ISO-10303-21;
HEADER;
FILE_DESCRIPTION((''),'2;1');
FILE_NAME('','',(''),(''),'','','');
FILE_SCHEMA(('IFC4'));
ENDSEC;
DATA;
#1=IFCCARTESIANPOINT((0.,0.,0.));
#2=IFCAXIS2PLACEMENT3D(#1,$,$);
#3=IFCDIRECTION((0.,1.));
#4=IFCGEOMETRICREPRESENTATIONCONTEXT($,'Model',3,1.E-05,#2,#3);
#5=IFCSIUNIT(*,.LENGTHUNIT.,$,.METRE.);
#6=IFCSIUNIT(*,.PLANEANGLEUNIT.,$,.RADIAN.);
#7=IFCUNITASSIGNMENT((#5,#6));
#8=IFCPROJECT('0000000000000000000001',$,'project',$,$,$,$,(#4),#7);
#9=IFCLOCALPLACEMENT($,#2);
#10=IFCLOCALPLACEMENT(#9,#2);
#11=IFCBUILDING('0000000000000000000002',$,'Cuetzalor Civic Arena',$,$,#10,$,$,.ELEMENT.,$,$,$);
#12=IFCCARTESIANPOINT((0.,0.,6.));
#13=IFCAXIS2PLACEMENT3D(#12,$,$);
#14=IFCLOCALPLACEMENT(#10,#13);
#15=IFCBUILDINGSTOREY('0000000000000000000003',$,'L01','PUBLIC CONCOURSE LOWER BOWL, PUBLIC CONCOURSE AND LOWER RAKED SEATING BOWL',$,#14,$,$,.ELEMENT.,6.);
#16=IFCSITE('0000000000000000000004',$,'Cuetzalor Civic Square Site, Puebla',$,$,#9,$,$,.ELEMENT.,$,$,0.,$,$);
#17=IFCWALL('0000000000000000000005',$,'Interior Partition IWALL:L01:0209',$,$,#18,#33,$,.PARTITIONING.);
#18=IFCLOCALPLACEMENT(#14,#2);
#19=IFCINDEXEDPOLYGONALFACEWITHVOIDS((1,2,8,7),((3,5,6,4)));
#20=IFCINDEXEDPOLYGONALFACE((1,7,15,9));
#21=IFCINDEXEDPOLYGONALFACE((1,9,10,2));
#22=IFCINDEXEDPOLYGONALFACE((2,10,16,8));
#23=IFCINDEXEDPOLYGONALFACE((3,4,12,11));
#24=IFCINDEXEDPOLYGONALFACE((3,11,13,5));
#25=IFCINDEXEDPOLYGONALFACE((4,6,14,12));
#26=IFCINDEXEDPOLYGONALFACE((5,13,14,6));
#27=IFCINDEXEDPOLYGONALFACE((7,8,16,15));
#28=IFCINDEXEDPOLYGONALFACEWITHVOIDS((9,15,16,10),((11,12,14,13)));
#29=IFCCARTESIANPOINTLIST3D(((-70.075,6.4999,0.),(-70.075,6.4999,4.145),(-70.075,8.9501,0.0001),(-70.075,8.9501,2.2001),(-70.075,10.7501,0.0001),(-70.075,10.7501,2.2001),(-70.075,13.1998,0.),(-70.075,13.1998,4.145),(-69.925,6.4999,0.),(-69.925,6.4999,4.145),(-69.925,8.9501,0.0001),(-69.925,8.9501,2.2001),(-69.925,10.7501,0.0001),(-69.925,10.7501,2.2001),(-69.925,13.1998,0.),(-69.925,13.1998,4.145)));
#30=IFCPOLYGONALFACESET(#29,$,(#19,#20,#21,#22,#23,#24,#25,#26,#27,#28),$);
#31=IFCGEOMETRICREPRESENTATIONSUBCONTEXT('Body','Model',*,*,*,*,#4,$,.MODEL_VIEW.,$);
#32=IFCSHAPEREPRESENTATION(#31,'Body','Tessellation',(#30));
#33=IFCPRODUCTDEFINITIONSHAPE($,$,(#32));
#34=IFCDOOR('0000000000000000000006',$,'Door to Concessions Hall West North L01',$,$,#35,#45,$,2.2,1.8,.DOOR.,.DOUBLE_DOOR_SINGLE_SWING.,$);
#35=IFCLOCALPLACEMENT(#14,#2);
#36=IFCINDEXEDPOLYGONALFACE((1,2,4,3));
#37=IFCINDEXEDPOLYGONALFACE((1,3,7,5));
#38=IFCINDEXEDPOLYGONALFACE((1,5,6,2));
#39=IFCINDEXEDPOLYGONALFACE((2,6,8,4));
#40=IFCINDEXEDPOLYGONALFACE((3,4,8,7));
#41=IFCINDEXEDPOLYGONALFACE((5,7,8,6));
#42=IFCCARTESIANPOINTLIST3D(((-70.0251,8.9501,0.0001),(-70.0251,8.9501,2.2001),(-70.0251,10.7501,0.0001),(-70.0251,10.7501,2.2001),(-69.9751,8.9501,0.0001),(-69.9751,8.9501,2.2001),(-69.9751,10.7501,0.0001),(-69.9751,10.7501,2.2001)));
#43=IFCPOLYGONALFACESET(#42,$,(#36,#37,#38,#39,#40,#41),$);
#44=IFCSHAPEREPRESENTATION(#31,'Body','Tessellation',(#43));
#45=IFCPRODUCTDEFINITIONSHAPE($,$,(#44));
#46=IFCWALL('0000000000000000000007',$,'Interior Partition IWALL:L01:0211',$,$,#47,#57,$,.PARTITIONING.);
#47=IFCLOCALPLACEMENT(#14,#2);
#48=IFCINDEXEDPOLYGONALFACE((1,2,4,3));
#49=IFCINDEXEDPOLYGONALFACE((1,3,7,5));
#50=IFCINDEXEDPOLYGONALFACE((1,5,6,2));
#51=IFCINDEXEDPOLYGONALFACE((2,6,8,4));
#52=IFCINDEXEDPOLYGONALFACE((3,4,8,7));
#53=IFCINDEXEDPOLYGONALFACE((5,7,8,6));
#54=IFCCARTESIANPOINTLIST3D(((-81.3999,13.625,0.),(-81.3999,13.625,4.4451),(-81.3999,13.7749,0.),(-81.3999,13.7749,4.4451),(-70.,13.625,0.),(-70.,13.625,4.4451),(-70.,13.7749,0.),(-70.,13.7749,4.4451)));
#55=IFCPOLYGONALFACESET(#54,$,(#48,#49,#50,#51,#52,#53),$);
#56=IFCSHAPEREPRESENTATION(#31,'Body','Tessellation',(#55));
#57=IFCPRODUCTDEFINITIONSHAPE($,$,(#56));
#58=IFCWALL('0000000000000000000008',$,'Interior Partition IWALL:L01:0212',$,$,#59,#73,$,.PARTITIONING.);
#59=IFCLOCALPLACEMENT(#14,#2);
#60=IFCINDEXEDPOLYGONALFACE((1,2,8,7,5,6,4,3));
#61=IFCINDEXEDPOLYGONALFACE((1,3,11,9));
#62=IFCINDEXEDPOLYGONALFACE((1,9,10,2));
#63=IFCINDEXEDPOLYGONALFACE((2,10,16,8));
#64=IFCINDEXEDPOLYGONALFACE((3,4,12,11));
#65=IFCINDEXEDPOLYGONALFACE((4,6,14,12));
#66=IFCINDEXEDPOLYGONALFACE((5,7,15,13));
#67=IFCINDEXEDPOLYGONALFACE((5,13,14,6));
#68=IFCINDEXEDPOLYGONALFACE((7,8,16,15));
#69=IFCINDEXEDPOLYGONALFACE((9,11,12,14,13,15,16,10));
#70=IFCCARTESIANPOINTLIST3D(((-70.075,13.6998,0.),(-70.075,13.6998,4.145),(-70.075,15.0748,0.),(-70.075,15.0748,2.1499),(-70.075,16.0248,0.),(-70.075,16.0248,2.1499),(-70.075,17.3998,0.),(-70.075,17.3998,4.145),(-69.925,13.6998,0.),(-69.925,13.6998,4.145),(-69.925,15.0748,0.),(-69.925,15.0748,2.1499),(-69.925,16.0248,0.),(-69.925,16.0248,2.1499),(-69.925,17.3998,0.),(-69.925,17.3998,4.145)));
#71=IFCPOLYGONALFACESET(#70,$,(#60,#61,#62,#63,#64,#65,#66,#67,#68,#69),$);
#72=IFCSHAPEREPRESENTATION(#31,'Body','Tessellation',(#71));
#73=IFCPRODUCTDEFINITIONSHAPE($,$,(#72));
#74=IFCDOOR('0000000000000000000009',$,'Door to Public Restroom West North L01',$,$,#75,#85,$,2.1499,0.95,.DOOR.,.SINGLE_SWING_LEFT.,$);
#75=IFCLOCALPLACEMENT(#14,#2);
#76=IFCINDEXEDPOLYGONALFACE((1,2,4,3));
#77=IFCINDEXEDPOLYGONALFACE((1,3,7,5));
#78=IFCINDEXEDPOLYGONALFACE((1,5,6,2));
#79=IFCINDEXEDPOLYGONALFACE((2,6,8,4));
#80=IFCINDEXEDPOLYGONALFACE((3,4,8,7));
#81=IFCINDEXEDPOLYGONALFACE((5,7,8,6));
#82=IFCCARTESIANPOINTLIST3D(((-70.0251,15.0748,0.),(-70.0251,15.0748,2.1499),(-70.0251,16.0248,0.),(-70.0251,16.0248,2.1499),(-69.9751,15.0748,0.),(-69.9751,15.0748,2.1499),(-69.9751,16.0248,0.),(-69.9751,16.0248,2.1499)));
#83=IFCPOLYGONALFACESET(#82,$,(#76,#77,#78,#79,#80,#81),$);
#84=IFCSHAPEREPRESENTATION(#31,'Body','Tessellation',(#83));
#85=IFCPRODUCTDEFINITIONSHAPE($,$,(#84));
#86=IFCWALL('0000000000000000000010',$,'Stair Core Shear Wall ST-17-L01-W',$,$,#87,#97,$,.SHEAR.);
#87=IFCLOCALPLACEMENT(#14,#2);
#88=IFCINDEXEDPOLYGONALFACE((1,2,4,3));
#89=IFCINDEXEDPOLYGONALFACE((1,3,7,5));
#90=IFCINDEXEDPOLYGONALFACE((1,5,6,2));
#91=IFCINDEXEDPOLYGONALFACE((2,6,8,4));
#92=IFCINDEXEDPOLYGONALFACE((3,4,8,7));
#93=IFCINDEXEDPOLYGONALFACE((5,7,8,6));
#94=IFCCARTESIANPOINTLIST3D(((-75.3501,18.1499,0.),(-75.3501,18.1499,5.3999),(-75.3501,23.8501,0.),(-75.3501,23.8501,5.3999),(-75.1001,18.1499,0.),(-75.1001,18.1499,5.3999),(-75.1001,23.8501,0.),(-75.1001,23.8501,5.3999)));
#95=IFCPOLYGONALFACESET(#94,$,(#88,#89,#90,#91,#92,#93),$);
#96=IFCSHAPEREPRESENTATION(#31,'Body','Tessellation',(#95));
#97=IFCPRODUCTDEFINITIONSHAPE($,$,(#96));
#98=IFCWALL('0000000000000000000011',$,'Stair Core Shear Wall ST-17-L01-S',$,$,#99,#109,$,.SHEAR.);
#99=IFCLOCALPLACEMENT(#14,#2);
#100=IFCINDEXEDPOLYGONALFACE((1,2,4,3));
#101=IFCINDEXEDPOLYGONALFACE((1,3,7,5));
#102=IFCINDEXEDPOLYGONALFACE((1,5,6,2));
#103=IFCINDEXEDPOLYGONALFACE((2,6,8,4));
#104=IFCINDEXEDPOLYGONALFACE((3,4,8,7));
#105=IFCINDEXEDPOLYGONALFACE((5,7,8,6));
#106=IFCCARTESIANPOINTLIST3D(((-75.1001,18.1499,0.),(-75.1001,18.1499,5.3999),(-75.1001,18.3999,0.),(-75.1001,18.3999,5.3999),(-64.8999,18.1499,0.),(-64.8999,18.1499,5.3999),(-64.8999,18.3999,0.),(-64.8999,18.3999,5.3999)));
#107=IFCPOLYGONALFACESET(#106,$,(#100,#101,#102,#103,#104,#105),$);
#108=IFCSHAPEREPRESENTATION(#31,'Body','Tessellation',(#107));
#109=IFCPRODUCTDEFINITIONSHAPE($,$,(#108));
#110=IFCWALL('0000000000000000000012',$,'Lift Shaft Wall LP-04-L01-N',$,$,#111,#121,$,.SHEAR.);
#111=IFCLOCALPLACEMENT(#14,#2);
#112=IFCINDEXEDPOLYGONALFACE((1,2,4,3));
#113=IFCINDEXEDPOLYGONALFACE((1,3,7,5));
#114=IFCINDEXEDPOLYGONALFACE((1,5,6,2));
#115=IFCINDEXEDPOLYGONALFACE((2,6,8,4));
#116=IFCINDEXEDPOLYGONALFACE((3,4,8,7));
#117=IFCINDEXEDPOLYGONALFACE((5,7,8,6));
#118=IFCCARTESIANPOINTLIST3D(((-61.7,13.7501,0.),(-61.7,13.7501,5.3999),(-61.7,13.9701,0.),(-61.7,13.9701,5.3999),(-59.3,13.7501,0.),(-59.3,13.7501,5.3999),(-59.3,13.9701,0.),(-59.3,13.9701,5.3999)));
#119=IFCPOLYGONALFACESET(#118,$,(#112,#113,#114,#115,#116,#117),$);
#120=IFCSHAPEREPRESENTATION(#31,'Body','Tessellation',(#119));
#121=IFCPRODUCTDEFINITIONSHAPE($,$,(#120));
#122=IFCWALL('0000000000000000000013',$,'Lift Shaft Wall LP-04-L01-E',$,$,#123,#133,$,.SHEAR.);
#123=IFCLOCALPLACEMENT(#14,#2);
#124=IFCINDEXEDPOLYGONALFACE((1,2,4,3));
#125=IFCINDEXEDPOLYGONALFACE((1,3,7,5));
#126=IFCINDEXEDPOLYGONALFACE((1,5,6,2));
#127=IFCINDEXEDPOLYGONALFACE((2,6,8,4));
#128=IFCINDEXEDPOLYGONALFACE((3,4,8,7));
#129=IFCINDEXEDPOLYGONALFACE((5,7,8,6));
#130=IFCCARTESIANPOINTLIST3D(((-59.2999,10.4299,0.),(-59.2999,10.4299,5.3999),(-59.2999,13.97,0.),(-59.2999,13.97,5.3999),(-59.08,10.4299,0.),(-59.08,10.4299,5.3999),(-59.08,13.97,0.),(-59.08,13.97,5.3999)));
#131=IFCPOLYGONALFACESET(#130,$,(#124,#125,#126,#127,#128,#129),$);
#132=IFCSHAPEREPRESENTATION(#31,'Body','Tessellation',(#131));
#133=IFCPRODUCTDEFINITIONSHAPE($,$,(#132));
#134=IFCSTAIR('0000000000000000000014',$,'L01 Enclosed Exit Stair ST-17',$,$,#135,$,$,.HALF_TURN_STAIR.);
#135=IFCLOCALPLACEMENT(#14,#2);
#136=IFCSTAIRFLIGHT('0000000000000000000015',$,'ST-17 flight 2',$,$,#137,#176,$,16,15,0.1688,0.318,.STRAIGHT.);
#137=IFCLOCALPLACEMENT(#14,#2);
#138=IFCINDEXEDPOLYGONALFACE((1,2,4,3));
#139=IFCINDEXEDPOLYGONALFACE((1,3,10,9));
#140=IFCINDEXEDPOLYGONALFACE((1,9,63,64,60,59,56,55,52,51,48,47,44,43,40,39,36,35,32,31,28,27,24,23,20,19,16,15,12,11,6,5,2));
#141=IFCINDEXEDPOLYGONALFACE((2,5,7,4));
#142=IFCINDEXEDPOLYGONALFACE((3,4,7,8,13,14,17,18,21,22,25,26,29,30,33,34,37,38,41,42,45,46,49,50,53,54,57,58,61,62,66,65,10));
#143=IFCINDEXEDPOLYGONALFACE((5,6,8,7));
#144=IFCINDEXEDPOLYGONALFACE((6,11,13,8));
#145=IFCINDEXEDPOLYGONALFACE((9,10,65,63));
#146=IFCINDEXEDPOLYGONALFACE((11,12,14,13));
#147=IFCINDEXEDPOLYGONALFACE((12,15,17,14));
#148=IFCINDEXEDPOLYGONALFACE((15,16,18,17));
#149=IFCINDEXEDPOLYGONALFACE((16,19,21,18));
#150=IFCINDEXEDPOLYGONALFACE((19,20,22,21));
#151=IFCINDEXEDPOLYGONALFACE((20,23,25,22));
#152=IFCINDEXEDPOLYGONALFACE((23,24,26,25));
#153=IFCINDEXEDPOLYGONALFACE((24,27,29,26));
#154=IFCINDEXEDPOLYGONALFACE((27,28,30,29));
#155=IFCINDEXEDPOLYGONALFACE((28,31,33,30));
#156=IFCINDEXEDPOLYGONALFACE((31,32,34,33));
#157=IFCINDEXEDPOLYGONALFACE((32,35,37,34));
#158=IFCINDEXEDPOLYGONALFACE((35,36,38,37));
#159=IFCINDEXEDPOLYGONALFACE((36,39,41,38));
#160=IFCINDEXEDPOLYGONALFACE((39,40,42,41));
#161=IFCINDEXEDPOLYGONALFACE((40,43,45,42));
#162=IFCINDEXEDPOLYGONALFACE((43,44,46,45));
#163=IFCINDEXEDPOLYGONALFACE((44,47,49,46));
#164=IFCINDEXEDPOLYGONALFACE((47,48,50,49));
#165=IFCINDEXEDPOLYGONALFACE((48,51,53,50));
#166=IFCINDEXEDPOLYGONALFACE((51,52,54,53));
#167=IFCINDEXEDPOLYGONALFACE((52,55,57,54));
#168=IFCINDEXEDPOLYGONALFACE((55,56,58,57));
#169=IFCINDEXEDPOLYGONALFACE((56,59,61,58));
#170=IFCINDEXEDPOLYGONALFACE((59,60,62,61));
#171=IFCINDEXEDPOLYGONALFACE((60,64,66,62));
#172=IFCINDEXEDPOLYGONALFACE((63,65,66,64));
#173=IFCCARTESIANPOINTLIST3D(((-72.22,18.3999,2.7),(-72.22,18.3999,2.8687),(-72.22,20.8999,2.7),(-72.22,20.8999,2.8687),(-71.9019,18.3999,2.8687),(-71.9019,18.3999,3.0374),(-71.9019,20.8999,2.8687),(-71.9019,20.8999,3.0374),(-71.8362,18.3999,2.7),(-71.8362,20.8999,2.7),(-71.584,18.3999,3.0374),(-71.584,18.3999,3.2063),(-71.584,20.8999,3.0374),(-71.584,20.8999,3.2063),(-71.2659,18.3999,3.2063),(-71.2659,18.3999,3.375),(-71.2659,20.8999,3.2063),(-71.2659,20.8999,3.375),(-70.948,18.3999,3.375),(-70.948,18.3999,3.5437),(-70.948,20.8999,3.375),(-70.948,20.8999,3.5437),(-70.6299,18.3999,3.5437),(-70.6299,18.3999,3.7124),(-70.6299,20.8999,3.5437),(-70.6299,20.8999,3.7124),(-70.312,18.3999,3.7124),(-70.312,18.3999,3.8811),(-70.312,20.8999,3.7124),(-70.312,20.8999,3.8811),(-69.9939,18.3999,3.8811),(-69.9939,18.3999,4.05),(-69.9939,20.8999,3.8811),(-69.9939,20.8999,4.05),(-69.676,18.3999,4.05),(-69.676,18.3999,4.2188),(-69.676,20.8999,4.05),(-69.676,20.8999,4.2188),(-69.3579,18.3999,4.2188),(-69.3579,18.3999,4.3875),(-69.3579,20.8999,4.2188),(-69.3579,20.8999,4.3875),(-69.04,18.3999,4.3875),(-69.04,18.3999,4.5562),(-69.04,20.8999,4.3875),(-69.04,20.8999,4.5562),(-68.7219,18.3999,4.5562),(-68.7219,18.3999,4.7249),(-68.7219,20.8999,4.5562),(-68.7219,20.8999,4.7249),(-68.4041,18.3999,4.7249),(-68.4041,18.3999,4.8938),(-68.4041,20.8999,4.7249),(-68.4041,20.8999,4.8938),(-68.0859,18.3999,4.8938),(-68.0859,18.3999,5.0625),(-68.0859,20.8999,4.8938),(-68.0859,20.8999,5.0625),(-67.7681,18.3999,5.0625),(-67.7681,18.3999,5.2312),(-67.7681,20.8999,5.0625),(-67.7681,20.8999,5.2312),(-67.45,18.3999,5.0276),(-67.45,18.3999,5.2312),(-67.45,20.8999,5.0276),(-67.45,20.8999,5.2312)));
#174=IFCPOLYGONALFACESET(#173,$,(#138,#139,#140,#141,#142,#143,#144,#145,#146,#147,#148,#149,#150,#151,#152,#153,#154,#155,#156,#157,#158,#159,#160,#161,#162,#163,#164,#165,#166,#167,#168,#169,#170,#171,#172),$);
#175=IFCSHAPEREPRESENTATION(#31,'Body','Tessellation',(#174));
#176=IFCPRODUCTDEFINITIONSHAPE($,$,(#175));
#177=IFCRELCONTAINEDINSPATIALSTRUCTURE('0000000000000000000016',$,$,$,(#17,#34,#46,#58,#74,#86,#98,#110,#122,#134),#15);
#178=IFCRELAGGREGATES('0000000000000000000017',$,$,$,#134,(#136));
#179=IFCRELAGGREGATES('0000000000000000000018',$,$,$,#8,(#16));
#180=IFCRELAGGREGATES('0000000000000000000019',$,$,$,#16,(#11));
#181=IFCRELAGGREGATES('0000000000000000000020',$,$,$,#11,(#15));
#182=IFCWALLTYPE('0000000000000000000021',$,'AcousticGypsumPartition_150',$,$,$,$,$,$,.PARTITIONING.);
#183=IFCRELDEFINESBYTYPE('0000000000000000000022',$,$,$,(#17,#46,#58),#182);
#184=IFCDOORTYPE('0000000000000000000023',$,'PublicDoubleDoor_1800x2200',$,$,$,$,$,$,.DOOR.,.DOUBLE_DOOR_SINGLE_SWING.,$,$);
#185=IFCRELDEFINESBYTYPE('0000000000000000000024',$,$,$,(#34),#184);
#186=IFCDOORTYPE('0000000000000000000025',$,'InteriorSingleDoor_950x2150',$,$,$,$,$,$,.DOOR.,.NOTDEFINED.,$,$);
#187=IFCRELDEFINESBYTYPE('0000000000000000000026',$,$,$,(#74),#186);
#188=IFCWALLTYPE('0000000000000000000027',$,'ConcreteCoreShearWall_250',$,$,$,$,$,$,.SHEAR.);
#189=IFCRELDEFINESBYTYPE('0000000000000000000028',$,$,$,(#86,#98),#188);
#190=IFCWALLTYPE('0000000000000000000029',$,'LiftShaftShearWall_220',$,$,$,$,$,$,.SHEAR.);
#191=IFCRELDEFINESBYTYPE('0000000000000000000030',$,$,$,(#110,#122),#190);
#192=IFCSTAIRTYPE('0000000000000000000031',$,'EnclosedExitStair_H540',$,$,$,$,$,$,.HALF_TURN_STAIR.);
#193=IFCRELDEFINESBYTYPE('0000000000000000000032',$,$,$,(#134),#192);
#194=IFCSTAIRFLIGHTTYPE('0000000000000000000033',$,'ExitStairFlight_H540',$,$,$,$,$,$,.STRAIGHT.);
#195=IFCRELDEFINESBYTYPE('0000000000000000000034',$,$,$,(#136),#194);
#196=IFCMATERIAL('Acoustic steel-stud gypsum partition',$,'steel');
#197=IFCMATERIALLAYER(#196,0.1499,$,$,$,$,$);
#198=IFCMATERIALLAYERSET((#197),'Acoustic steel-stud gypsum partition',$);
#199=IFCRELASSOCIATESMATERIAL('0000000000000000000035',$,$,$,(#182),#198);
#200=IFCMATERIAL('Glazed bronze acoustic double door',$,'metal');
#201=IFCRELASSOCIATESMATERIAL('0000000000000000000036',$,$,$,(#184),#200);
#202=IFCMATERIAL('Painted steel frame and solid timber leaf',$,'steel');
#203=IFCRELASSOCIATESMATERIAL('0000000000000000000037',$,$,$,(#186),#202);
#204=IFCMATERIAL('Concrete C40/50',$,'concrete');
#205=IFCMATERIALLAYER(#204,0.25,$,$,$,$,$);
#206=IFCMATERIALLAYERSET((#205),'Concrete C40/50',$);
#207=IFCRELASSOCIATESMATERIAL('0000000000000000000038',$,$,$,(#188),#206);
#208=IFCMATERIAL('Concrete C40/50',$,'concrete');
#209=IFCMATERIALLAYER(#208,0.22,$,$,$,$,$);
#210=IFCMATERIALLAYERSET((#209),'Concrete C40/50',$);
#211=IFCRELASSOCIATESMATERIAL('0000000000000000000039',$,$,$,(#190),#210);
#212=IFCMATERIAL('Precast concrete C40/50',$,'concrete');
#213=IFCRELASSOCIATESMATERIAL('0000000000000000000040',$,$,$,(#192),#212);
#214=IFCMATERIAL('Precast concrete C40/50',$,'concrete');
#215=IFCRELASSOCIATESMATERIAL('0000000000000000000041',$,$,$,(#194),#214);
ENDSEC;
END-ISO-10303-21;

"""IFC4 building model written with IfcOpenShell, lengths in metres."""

from ifc_helpers import new_model, si_unit, direction, frame, frame_2d, origin, place, context, subcontext, project, spatial, polyline, rectangle, outline, extrude, material, layer, layer_set, type_object, element, fill, aggregate, save


model = new_model("IFC4")

# Units and contexts
model_context = context("Model", 3, precision=1e-05, world=origin(), true_north=direction((0.0, 1.0)))
body_context = subcontext(model_context, "Body", "Model", "MODEL_VIEW")
ifc_project = project(units=[si_unit("LENGTHUNIT", "METRE"), si_unit("PLANEANGLEUNIT", "RADIAN")], contexts=[model_context])

# Site, building, storey
site_placement = place(None, origin())
site = spatial("IfcSite", under=ifc_project, at=site_placement, Name="Cuetzalor Civic Square Site, Puebla", CompositionType="ELEMENT", RefElevation=0.0)
building_placement = place(site_placement, origin())
building = spatial("IfcBuilding", under=site, at=building_placement, Name="Cuetzalor Civic Arena", CompositionType="ELEMENT")
storey_placement = place(building_placement, frame((0.0, 0.0, 6.0)))
storey = spatial("IfcBuildingStorey", under=building, at=storey_placement, Name="L01", Description="PUBLIC CONCOURSE LOWER BOWL, PUBLIC CONCOURSE AND LOWER RAKED SEATING BOWL", CompositionType="ELEMENT", Elevation=6.0)

# Wall, opening, door
ifc_material_1 = material(Name="Acoustic steel-stud gypsum partition", Category="steel")
ifc_layer_1 = layer(ifc_material_1, 0.1499)
ifc_layer_set_1 = layer_set([ifc_layer_1], Name="Acoustic steel-stud gypsum partition")
wall_type_1 = type_object("IfcWallType", Name="AcousticGypsumPartition_150", PredefinedType="PARTITIONING", material=ifc_layer_set_1)
wall_1_placement = place(storey_placement, frame((-70.0, 13.2, 0.0), z_axis=(0.0, 0.0, 1.0), x_axis=(0.0, -1.0, 0.0)))
wall_1 = element("IfcWall", 1, at=wall_1_placement, inside=storey, type_object=wall_type_1, Name="Interior Partition IWALL:L01:0209", PredefinedType="PARTITIONING", context=body_context, shape_type="SweptSolid", body=[
    extrude(rectangle(XDim=6.7, YDim=0.1499, at=frame_2d((3.3501, 0.0))), origin(), (0.0, 0.0, 1.0), 4.145),
])
opening_1_placement = place(wall_1_placement, frame((2.45, 0.0, 0.0)))
opening_1 = element("IfcOpeningElement", 2, at=opening_1_placement, cuts=wall_1, PredefinedType="OPENING", context=body_context, shape_type="SweptSolid", body=[
    extrude(rectangle(XDim=1.8, YDim=2.2, at=frame_2d((0.8999, 1.1001))), frame((0.0, 0.085, 0.0), z_axis=(0.0, -1.0, 0.0), x_axis=(1.0, 0.0, 0.0)), (0.0, 0.0, 1.0), 0.1699),
])
ifc_material_2 = material(Name="Glazed bronze acoustic double door", Category="metal")
door_type_1 = type_object("IfcDoorType", Name="PublicDoubleDoor_1800x2200", OperationType="DOUBLE_DOOR_SINGLE_SWING", PredefinedType="DOOR", material=ifc_material_2)
door_1_placement = place(opening_1_placement, origin())
door_1 = element("IfcDoor", 3, at=door_1_placement, inside=storey, type_object=door_type_1, Name="Door to Concessions Hall West North L01", OperationType="DOUBLE_DOOR_SINGLE_SWING", OverallHeight=2.2, OverallWidth=1.8, PredefinedType="DOOR", context=body_context, shape_type="SweptSolid", body=[
    extrude(rectangle(XDim=1.8, YDim=2.2, at=frame_2d((0.8999, 1.1001))), frame((0.0, 0.0249, 0.0), z_axis=(0.0, -1.0, 0.0), x_axis=(1.0, 0.0, 0.0)), (0.0, 0.0, 1.0), 0.05),
])
fill(opening_1, door_1)

# Wall
wall_2_placement = place(storey_placement, frame((-70.0, 13.7, 0.0), z_axis=(0.0, 0.0, 1.0), x_axis=(-1.0, 0.0, 0.0)))
element("IfcWall", 4, at=wall_2_placement, inside=storey, type_object=wall_type_1, Name="Interior Partition IWALL:L01:0211", PredefinedType="PARTITIONING", context=body_context, shape_type="SweptSolid", body=[
    extrude(rectangle(XDim=11.3999, YDim=0.1499, at=frame_2d((5.7, 0.0))), origin(), (0.0, 0.0, 1.0), 4.4451),
])

# Wall, opening, door
wall_3_placement = place(storey_placement, frame((-70.0, 17.3999, 0.0), z_axis=(0.0, 0.0, 1.0), x_axis=(0.0, -1.0, 0.0)))
wall_3 = element("IfcWall", 5, at=wall_3_placement, inside=storey, type_object=wall_type_1, Name="Interior Partition IWALL:L01:0212", PredefinedType="PARTITIONING", context=body_context, shape_type="SweptSolid", body=[
    extrude(rectangle(XDim=3.7, YDim=0.1499, at=frame_2d((1.8501, 0.0))), origin(), (0.0, 0.0, 1.0), 4.145),
])
opening_2_placement = place(wall_3_placement, frame((1.375, 0.0, 0.0)))
opening_2 = element("IfcOpeningElement", 6, at=opening_2_placement, cuts=wall_3, PredefinedType="OPENING", context=body_context, shape_type="SweptSolid", body=[
    extrude(rectangle(XDim=0.95, YDim=2.1499, at=frame_2d((0.4751, 1.075))), frame((0.0, 0.085, 0.0), z_axis=(0.0, -1.0, 0.0), x_axis=(1.0, 0.0, 0.0)), (0.0, 0.0, 1.0), 0.1699),
])
ifc_material_3 = material(Name="Painted steel frame and solid timber leaf", Category="steel")
door_type_2 = type_object("IfcDoorType", Name="InteriorSingleDoor_950x2150", OperationType="NOTDEFINED", PredefinedType="DOOR", material=ifc_material_3)
door_2_placement = place(opening_2_placement, origin())
door_2 = element("IfcDoor", 7, at=door_2_placement, inside=storey, type_object=door_type_2, Name="Door to Public Restroom West North L01", OperationType="SINGLE_SWING_LEFT", OverallHeight=2.1499, OverallWidth=0.95, PredefinedType="DOOR", context=body_context, shape_type="SweptSolid", body=[
    extrude(rectangle(XDim=0.95, YDim=2.1499, at=frame_2d((0.4751, 1.075))), frame((0.0, 0.0249, 0.0), z_axis=(0.0, -1.0, 0.0), x_axis=(1.0, 0.0, 0.0)), (0.0, 0.0, 1.0), 0.05),
])
fill(opening_2, door_2)

# Walls
ifc_material_4 = material(Name="Concrete C40/50", Category="concrete")
ifc_layer_2 = layer(ifc_material_4, 0.25)
ifc_layer_set_2 = layer_set([ifc_layer_2], Name="Concrete C40/50")
wall_type_2 = type_object("IfcWallType", Name="ConcreteCoreShearWall_250", PredefinedType="SHEAR", material=ifc_layer_set_2)
wall_4_placement = place(storey_placement, frame((-75.2251, 18.1499, 0.0), z_axis=(0.0, 0.0, 1.0), x_axis=(0.0, 1.0, 0.0)))
element("IfcWall", 8, at=wall_4_placement, inside=storey, type_object=wall_type_2, Name="Stair Core Shear Wall ST-17-L01-W", PredefinedType="SHEAR", context=body_context, shape_type="SweptSolid", body=[
    extrude(rectangle(XDim=5.7002, YDim=0.25, at=frame_2d((2.8501, 0.0))), origin(), (0.0, 0.0, 1.0), 5.3999),
])
wall_5_placement = place(storey_placement, frame((-64.8999, 18.2749, 0.0), z_axis=(0.0, 0.0, 1.0), x_axis=(-1.0, 0.0, 0.0)))
element("IfcWall", 9, at=wall_5_placement, inside=storey, type_object=wall_type_2, Name="Stair Core Shear Wall ST-17-L01-S", PredefinedType="SHEAR", context=body_context, shape_type="SweptSolid", body=[
    extrude(rectangle(XDim=10.2002, YDim=0.25, at=frame_2d((5.1001, 0.0))), origin(), (0.0, 0.0, 1.0), 5.3999),
])
ifc_material_5 = material(Name="Concrete C40/50", Category="concrete")
ifc_layer_3 = layer(ifc_material_5, 0.22)
ifc_layer_set_3 = layer_set([ifc_layer_3], Name="Concrete C40/50")
wall_type_3 = type_object("IfcWallType", Name="LiftShaftShearWall_220", PredefinedType="SHEAR", material=ifc_layer_set_3)
wall_6_placement = place(storey_placement, frame((-61.7, 13.8601, 0.0), z_axis=(0.0, 0.0, 1.0), x_axis=(1.0, 0.0, 0.0)))
element("IfcWall", 10, at=wall_6_placement, inside=storey, type_object=wall_type_3, Name="Lift Shaft Wall LP-04-L01-N", PredefinedType="SHEAR", context=body_context, shape_type="SweptSolid", body=[
    extrude(rectangle(XDim=2.3999, YDim=0.22, at=frame_2d((1.2, 0.0))), origin(), (0.0, 0.0, 1.0), 5.3999),
])
wall_7_placement = place(storey_placement, frame((-59.1899, 13.97, 0.0), z_axis=(0.0, 0.0, 1.0), x_axis=(0.0, -1.0, 0.0)))
element("IfcWall", 11, at=wall_7_placement, inside=storey, type_object=wall_type_3, Name="Lift Shaft Wall LP-04-L01-E", PredefinedType="SHEAR", context=body_context, shape_type="SweptSolid", body=[
    extrude(rectangle(XDim=3.54, YDim=0.22, at=frame_2d((1.77, 0.0))), origin(), (0.0, 0.0, 1.0), 5.3999),
])

# Stair, stair flight
ifc_material_6 = material(Name="Precast concrete C40/50", Category="concrete")
stair_type = type_object("IfcStairType", Name="EnclosedExitStair_H540", PredefinedType="HALF_TURN_STAIR", material=ifc_material_6)
stair_placement = place(storey_placement, origin())
stair = element("IfcStair", 12, at=stair_placement, inside=storey, type_object=stair_type, Name="L01 Enclosed Exit Stair ST-17", PredefinedType="HALF_TURN_STAIR")
ifc_material_7 = material(Name="Precast concrete C40/50", Category="concrete")
stair_flight_type = type_object("IfcStairFlightType", Name="ExitStairFlight_H540", PredefinedType="STRAIGHT", material=ifc_material_7)
stair_flight_placement = place(storey_placement, frame((-72.22, 19.6499, 2.7), z_axis=(0.0, 0.0, 1.0), x_axis=(1.0, 0.0, 0.0)))
stair_flight = element("IfcStairFlight", 13, at=stair_flight_placement, type_object=stair_flight_type, Name="ST-17 flight 2", NumberOfRisers=16, NumberOfTreads=15, PredefinedType="STRAIGHT", RiserHeight=0.1688, TreadLength=0.318, context=body_context, shape_type="SweptSolid", body=[
    extrude(outline(polyline([(0.0, 0.0), (0.0, 0.1687), (0.3181, 0.1687), (0.3181, 0.3374), (0.636, 0.3374), (0.636, 0.5063), (0.9541, 0.5063), (0.9541, 0.675), (1.272, 0.675), (1.272, 0.8438), (1.5901, 0.8438), (1.5901, 1.0125), (1.908, 1.0125), (1.908, 1.1812), (2.2261, 1.1812), (2.2261, 1.3501), (2.5439, 1.3501), (2.5439, 1.5188), (2.8621, 1.5188), (2.8621, 1.6875), (3.1799, 1.6875), (3.1799, 1.8562), (3.498, 1.8562), (3.498, 2.0249), (3.8159, 2.0249), (3.8159, 2.1938), (4.134, 2.1938), (4.134, 2.3625), (4.4519, 2.3625), (4.4519, 2.5312), (4.77, 2.5312), (4.77, 2.7), (4.77, 2.3276), (0.3838, 0.0), (0.0, 0.0)])), frame((0.0, 1.25, 0.0), z_axis=(0.0, -1.0, 0.0), x_axis=(1.0, 0.0, 0.0)), (0.0, 0.0, 1.0), 2.5),
])
aggregate(stair, [stair_flight])

save(model, "model.ifc")
